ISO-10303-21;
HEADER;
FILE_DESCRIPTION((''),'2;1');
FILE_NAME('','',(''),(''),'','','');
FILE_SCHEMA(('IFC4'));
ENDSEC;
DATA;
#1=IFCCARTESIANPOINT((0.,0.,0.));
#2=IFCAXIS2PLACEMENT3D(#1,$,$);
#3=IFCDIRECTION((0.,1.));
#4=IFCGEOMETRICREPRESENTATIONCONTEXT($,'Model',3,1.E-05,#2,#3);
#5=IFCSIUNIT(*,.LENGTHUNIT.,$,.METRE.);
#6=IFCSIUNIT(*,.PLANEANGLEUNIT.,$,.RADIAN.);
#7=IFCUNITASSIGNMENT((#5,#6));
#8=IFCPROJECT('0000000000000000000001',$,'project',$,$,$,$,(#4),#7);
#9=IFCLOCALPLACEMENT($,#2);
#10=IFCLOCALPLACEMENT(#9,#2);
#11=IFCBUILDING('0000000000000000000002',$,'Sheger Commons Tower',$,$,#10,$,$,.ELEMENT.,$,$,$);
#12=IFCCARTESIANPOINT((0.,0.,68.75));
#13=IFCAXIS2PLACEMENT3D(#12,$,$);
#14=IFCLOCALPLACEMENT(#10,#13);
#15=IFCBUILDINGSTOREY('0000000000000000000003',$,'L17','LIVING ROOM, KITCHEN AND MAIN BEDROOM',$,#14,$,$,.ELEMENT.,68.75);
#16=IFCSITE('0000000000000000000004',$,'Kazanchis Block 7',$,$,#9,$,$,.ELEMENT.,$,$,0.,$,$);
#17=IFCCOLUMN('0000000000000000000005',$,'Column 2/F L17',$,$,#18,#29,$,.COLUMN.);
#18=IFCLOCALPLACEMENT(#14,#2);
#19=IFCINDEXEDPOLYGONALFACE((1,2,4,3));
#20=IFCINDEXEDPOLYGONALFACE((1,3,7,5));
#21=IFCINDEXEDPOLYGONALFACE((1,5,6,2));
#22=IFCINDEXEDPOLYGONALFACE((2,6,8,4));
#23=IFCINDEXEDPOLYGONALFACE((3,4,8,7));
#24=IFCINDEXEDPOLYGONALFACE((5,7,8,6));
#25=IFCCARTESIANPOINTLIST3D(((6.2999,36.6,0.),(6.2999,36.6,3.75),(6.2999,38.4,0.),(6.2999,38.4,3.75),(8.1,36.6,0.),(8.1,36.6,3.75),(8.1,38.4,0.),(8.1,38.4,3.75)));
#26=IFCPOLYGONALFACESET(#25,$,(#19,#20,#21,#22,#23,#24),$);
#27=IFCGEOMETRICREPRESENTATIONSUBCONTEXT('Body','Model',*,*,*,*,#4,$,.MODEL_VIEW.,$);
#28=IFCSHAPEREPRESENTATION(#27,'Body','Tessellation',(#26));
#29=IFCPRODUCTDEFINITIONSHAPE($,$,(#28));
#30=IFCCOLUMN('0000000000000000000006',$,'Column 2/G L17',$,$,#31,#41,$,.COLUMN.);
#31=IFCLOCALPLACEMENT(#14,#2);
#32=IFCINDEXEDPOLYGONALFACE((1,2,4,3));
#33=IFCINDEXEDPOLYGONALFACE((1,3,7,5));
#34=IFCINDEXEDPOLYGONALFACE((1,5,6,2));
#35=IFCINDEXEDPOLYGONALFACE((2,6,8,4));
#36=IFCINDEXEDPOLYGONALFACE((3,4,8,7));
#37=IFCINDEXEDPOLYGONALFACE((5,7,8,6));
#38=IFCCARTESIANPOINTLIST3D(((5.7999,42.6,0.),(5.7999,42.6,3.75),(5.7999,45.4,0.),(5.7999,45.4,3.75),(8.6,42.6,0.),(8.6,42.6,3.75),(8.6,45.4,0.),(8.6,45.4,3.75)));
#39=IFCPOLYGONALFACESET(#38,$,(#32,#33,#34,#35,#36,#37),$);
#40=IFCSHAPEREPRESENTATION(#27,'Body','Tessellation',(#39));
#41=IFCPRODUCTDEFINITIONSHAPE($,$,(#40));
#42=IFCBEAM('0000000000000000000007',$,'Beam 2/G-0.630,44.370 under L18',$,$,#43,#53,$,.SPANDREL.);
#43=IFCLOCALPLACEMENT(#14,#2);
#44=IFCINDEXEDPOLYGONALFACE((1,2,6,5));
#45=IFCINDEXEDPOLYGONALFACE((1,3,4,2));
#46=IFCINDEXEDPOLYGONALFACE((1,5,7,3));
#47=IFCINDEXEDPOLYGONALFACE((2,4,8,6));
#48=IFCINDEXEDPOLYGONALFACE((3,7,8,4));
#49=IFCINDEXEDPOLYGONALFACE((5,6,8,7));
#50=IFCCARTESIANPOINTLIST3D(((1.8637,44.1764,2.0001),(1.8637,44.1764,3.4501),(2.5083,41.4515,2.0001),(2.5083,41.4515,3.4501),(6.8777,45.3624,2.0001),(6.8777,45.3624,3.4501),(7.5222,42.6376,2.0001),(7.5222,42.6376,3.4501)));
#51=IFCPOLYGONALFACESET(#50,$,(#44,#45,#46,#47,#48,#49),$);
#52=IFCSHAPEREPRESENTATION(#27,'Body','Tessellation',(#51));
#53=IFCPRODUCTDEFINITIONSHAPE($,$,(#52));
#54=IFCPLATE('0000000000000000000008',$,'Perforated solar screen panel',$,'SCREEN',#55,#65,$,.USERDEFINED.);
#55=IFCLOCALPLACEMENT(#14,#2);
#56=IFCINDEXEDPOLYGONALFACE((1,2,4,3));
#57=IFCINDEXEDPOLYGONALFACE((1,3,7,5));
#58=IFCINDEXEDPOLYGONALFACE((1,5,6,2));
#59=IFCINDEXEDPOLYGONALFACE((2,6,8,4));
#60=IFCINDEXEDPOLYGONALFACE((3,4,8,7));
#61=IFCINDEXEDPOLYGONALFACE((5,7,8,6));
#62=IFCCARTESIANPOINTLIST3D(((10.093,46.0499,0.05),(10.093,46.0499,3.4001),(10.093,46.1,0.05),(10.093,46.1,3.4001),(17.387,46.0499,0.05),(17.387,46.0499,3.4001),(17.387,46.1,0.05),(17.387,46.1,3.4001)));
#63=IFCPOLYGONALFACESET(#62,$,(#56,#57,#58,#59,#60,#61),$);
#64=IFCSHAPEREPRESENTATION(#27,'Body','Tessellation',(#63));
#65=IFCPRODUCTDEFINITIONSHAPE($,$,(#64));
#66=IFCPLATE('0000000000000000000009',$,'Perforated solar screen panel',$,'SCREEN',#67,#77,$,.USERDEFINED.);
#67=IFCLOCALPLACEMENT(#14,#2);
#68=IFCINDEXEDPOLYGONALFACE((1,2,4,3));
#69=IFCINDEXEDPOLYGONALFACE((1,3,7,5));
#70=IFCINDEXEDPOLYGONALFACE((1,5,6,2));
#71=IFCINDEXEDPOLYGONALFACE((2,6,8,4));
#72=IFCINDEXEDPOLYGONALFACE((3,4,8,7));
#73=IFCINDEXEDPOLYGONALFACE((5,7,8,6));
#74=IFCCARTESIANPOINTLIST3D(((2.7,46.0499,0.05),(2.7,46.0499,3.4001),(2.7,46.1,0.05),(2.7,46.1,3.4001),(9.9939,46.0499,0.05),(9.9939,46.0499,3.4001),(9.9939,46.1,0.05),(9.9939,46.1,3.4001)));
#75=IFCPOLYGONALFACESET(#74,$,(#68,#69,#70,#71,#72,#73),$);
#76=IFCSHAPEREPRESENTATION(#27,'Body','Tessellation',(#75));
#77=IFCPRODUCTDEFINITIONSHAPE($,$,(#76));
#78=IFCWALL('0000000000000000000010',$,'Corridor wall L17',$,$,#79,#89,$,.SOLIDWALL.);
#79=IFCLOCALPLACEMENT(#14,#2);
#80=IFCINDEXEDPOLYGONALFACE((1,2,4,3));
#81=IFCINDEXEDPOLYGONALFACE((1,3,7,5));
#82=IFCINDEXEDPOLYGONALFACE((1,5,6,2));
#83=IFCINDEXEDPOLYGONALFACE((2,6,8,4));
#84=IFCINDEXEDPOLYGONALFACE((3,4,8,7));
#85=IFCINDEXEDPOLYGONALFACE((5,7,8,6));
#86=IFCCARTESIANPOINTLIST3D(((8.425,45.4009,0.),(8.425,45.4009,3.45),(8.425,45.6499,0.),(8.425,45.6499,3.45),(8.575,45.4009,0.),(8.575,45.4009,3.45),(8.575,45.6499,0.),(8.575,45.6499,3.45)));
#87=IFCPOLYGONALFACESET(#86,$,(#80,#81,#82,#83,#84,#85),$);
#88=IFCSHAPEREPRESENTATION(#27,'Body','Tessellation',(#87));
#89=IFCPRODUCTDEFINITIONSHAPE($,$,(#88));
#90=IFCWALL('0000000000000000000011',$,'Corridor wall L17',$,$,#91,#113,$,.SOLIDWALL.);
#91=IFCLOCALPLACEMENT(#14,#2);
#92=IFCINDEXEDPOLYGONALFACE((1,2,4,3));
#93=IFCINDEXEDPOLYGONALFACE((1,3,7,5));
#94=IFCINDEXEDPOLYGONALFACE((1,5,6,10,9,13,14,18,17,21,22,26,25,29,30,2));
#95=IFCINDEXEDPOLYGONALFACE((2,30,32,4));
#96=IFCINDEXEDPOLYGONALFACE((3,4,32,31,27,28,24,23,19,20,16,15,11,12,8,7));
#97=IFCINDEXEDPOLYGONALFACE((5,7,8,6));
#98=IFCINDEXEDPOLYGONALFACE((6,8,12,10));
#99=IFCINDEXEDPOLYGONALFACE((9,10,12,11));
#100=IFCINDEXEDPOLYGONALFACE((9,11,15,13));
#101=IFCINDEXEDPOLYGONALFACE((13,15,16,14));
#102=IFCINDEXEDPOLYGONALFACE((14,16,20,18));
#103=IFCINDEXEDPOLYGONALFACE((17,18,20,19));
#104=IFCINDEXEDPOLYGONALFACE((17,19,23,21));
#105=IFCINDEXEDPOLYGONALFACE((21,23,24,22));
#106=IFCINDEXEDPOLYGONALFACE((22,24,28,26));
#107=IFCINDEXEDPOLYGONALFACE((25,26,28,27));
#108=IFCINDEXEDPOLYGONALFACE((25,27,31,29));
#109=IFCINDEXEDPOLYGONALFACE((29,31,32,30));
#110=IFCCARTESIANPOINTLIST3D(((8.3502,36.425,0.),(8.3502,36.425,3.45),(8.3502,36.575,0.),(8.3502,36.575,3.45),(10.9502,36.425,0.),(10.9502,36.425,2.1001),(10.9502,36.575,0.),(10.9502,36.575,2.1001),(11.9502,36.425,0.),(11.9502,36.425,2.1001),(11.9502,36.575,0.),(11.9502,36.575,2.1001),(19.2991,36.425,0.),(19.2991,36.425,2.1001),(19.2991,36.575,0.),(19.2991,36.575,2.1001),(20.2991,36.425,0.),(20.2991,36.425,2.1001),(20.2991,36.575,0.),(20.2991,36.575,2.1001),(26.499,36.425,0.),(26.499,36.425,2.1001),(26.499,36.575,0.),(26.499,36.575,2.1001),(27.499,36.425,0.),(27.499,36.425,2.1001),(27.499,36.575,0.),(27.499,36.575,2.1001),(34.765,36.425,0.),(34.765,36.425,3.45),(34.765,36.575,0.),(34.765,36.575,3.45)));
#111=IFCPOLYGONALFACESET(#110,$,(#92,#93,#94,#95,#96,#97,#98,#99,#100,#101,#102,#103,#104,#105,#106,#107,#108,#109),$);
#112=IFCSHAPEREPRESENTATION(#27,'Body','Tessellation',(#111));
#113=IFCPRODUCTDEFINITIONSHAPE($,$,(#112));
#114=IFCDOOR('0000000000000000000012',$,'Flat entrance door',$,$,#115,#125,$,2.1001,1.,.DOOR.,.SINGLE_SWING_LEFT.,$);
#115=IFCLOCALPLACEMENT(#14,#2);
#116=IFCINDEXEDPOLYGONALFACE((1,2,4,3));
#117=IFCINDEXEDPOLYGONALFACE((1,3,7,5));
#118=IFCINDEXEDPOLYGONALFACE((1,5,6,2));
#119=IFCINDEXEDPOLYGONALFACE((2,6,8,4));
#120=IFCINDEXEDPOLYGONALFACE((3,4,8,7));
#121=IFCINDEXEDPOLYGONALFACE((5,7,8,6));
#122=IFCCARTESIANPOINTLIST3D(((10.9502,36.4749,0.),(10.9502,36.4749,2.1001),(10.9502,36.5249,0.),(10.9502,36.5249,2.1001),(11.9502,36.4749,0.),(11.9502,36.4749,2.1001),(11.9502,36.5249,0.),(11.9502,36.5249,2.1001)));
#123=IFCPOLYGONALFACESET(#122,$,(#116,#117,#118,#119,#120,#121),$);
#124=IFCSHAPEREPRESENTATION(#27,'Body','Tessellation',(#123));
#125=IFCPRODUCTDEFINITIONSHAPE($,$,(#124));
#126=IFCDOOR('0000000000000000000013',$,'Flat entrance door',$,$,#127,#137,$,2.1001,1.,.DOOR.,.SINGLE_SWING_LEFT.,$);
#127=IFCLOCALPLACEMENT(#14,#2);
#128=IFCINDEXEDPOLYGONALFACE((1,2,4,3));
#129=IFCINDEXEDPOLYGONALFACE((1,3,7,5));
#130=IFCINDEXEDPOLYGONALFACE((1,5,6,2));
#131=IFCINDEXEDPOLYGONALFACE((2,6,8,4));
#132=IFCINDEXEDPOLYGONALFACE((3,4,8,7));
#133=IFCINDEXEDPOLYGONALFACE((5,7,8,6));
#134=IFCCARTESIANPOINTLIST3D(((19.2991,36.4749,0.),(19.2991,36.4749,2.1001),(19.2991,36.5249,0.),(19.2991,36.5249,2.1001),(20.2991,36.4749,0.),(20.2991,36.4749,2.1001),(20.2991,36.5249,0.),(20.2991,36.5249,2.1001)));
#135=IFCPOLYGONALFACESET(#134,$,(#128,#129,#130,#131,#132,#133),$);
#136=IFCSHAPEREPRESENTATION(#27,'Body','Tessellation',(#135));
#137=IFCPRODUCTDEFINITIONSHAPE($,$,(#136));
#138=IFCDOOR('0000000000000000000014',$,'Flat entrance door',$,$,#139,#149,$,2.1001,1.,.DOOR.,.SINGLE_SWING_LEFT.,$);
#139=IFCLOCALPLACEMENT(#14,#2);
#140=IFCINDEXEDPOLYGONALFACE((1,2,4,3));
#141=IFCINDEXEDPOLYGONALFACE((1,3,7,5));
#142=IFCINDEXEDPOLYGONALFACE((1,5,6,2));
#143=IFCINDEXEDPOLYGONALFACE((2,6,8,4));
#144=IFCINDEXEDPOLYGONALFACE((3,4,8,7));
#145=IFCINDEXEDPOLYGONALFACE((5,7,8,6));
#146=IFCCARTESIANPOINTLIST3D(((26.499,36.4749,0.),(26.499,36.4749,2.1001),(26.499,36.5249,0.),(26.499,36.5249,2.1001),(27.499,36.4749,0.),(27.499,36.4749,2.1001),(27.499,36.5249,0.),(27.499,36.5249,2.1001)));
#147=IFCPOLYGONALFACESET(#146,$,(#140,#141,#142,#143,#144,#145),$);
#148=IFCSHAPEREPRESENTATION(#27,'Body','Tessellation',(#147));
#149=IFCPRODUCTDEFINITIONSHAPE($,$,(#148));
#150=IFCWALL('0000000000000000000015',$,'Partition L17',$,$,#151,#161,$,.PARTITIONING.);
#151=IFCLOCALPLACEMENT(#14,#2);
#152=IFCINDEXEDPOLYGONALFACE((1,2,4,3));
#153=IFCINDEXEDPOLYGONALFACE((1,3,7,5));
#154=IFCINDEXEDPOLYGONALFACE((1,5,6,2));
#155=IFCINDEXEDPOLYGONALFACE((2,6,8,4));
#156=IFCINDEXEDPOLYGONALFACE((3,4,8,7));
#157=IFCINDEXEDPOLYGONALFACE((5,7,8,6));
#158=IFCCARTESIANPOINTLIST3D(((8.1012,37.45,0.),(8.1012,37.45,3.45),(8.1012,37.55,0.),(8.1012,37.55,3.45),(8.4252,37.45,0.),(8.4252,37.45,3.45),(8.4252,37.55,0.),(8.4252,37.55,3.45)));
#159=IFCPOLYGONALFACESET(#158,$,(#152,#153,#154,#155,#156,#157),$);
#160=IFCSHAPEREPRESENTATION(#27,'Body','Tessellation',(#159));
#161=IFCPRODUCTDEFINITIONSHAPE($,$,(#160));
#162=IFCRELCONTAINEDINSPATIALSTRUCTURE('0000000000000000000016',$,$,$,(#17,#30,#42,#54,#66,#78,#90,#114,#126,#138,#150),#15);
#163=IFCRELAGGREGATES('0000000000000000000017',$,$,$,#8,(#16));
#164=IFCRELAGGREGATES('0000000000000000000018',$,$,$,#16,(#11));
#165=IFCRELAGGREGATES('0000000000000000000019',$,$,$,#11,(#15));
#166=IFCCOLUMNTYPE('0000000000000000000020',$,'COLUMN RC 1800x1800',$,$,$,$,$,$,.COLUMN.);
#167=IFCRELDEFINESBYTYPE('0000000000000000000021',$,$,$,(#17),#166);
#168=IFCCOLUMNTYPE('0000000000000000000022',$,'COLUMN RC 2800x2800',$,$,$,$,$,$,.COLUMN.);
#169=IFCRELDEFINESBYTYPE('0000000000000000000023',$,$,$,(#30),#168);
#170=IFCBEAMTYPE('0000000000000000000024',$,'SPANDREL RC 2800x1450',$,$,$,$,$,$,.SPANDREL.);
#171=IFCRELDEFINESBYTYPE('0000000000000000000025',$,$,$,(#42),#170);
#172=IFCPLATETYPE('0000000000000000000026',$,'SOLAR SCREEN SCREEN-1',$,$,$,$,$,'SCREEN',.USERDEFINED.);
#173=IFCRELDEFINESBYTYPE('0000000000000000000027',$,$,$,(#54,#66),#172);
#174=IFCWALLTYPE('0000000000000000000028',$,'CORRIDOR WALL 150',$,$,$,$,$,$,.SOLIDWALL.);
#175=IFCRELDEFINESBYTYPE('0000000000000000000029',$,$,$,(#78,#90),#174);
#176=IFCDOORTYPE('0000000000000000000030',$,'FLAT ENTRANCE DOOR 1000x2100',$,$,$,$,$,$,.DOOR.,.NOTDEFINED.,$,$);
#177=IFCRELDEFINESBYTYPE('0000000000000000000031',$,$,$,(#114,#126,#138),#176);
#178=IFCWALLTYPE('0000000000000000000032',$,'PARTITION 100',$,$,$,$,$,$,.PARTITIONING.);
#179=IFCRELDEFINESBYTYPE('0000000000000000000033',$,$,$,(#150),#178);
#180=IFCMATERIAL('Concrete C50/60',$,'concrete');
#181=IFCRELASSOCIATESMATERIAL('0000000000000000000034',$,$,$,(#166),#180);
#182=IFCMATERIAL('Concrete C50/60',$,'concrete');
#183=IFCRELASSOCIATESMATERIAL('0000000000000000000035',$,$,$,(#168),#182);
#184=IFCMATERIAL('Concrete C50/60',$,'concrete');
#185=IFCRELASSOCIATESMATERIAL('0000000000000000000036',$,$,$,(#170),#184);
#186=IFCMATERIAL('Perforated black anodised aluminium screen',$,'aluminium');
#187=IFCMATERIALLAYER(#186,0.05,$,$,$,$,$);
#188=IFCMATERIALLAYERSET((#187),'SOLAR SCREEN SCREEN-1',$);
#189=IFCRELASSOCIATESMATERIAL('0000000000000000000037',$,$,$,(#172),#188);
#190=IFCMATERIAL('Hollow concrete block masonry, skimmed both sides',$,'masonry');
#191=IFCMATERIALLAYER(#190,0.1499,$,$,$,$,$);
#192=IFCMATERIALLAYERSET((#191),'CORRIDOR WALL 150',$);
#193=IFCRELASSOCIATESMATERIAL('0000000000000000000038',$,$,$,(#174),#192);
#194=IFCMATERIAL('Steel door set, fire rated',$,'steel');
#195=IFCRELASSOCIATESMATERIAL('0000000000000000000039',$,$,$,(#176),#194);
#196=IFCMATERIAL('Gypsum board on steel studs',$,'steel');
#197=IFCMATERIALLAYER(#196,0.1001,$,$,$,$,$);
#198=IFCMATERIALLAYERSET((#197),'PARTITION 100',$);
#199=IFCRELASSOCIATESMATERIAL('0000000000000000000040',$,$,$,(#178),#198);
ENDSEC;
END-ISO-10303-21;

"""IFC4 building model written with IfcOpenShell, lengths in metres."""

from ifc_helpers import new_model, si_unit, direction, frame, frame_2d, origin, origin_2d, place, context, subcontext, project, spatial, rectangle, extrude, material, layer, layer_set, material_profile, profile_set, type_object, element, fill, save


model = new_model("IFC4")

# Units and contexts
model_context = context("Model", 3, precision=1e-05, world=origin(), true_north=direction((0.0, 1.0)))
body_context = subcontext(model_context, "Body", "Model", "MODEL_VIEW")
ifc_project = project(units=[si_unit("LENGTHUNIT", "METRE"), si_unit("PLANEANGLEUNIT", "RADIAN")], contexts=[model_context])

# Site, building, storey
site_placement = place(None, origin())
site = spatial("IfcSite", under=ifc_project, at=site_placement, Name="Kazanchis Block 7", CompositionType="ELEMENT", RefElevation=0.0)
building_placement = place(site_placement, origin())
building = spatial("IfcBuilding", under=site, at=building_placement, Name="Sheger Commons Tower", CompositionType="ELEMENT")
storey_placement = place(building_placement, frame((0.0, 0.0, 68.75)))
storey = spatial("IfcBuildingStorey", under=building, at=storey_placement, Name="L17", Description="LIVING ROOM, KITCHEN AND MAIN BEDROOM", CompositionType="ELEMENT", Elevation=68.75)

# Columns
ifc_material_1 = material(Name="Concrete C50/60", Category="concrete")
ifc_material_profile_1 = material_profile(ifc_material_1, rectangle(XDim=1.8, YDim=1.8, at=origin_2d()), Name="RC 1800x1800")
ifc_profile_set_1 = profile_set([ifc_material_profile_1], Name="Concrete C50/60")
column_type_1 = type_object("IfcColumnType", Name="COLUMN RC 1800x1800", PredefinedType="COLUMN", material=ifc_profile_set_1)
column_1_placement = place(storey_placement, frame((7.2, 37.5, 0.0), z_axis=(0.0, 0.0, 1.0), x_axis=(1.0, 0.0, 0.0)))
element("IfcColumn", 1, at=column_1_placement, inside=storey, type_object=column_type_1, Name="Column 2/F L17", PredefinedType="COLUMN", context=body_context, shape_type="SweptSolid", body=[
    extrude(rectangle(XDim=1.8, YDim=1.8, at=origin_2d()), origin(), (0.0, 0.0, 1.0), 3.75),
])
ifc_material_2 = material(Name="Concrete C50/60", Category="concrete")
ifc_material_profile_2 = material_profile(ifc_material_2, rectangle(XDim=2.8, YDim=2.8, at=origin_2d()), Name="RC 2800x2800")
ifc_profile_set_2 = profile_set([ifc_material_profile_2], Name="Concrete C50/60")
column_type_2 = type_object("IfcColumnType", Name="COLUMN RC 2800x2800", PredefinedType="COLUMN", material=ifc_profile_set_2)
column_2_placement = place(storey_placement, frame((7.2, 44.0, 0.0), z_axis=(0.0, 0.0, 1.0), x_axis=(1.0, 0.0, 0.0)))
element("IfcColumn", 2, at=column_2_placement, inside=storey, type_object=column_type_2, Name="Column 2/G L17", PredefinedType="COLUMN", context=body_context, shape_type="SweptSolid", body=[
    extrude(rectangle(XDim=2.8, YDim=2.8, at=origin_2d()), origin(), (0.0, 0.0, 1.0), 3.75),
])

# Beam
ifc_material_3 = material(Name="Concrete C50/60", Category="concrete")
ifc_material_profile_3 = material_profile(ifc_material_3, rectangle(XDim=2.8, YDim=1.45, at=origin_2d()), Name="RC 2800x1450")
ifc_profile_set_3 = profile_set([ifc_material_profile_3], Name="Concrete C50/60")
beam_type = type_object("IfcBeamType", Name="SPANDREL RC 2800x1450", PredefinedType="SPANDREL", material=ifc_profile_set_3)
beam_placement = place(storey_placement, frame((7.2, 44.0, 2.7251), z_axis=(-0.973144, -0.230196, 0.0), x_axis=(0.230196, -0.973144, 0.0)))
element("IfcBeam", 3, at=beam_placement, inside=storey, type_object=beam_type, Name="Beam 2/G-0.630,44.370 under L18", PredefinedType="SPANDREL", context=body_context, shape_type="SweptSolid", body=[
    extrude(rectangle(XDim=2.8, YDim=1.45, at=origin_2d()), origin(), (0.0, 0.0, 1.0), 5.1523),
])

# Plates
ifc_material_4 = material(Name="Perforated black anodised aluminium screen", Category="aluminium")
ifc_layer_1 = layer(ifc_material_4, 0.05)
ifc_layer_set_1 = layer_set([ifc_layer_1], Name="SOLAR SCREEN SCREEN-1")
plate_type = type_object("IfcPlateType", Name="SOLAR SCREEN SCREEN-1", ElementType="SCREEN", PredefinedType="USERDEFINED", material=ifc_layer_set_1)
for number, where, z_axis, x_axis, name in (
    (4, (13.74, 46.075, 0.05), (0.0, 0.0, 1.0), (-1.0, 0.0, 0.0), "Perforated solar screen panel"),
    (5, (6.3469, 46.075, 0.05), (0.0, 0.0, 1.0), (-1.0, 0.0, 0.0), "Perforated solar screen panel"),
):
    element("IfcPlate", number, at=place(storey_placement, frame(where, z_axis=z_axis, x_axis=x_axis)), inside=storey, type_object=plate_type, Name=name, ObjectType="SCREEN", PredefinedType="USERDEFINED", context=body_context, shape_type="SweptSolid", body=[
        extrude(rectangle(XDim=7.2939, YDim=0.05, at=origin_2d()), origin(), (0.0, 0.0, 1.0), 3.3501),
    ])

# Wall
ifc_material_5 = material(Name="Hollow concrete block masonry, skimmed both sides", Category="masonry")
ifc_layer_2 = layer(ifc_material_5, 0.1499)
ifc_layer_set_2 = layer_set([ifc_layer_2], Name="CORRIDOR WALL 150")
wall_type_1 = type_object("IfcWallType", Name="CORRIDOR WALL 150", PredefinedType="SOLIDWALL", material=ifc_layer_set_2)
wall_1_placement = place(storey_placement, frame((8.5, 45.4009, 0.0), z_axis=(0.0, 0.0, 1.0), x_axis=(0.0, 1.0, 0.0)))
element("IfcWall", 6, at=wall_1_placement, inside=storey, type_object=wall_type_1, Name="Corridor wall L17", PredefinedType="SOLIDWALL", context=body_context, shape_type="SweptSolid", body=[
    extrude(rectangle(XDim=0.249, YDim=0.1499, at=frame_2d((0.1245, 0.0))), origin(), (0.0, 0.0, 1.0), 3.45),
])

# Wall, openings, doors
wall_2_placement = place(storey_placement, frame((8.3501, 36.5, 0.0), z_axis=(0.0, 0.0, 1.0), x_axis=(1.0, 0.0, 0.0)))
wall_2 = element("IfcWall", 7, at=wall_2_placement, inside=storey, type_object=wall_type_1, Name="Corridor wall L17", PredefinedType="SOLIDWALL", context=body_context, shape_type="SweptSolid", body=[
    extrude(rectangle(XDim=26.4148, YDim=0.1499, at=frame_2d((13.2075, 0.0))), origin(), (0.0, 0.0, 1.0), 3.45),
])
opening_1_placement = place(wall_2_placement, frame((2.6001, 0.0, 0.0)))
opening_1 = element("IfcOpeningElement", 8, at=opening_1_placement, cuts=wall_2, PredefinedType="OPENING", context=body_context, shape_type="SweptSolid", body=[
    extrude(rectangle(XDim=1.0, YDim=2.1001, at=frame_2d((0.5, 1.05))), frame((0.0, 0.085, 0.0), z_axis=(0.0, -1.0, 0.0), x_axis=(1.0, 0.0, 0.0)), (0.0, 0.0, 1.0), 0.1699),
])
opening_2_placement = place(wall_2_placement, frame((10.949, 0.0, 0.0)))
opening_2 = element("IfcOpeningElement", 9, at=opening_2_placement, cuts=wall_2, PredefinedType="OPENING", context=body_context, shape_type="SweptSolid", body=[
    extrude(rectangle(XDim=1.0, YDim=2.1001, at=frame_2d((0.5, 1.05))), frame((0.0, 0.085, 0.0), z_axis=(0.0, -1.0, 0.0), x_axis=(1.0, 0.0, 0.0)), (0.0, 0.0, 1.0), 0.1699),
])
opening_3_placement = place(wall_2_placement, frame((18.1489, 0.0, 0.0)))
opening_3 = element("IfcOpeningElement", 10, at=opening_3_placement, cuts=wall_2, PredefinedType="OPENING", context=body_context, shape_type="SweptSolid", body=[
    extrude(rectangle(XDim=1.0, YDim=2.1001, at=frame_2d((0.5, 1.05))), frame((0.0, 0.085, 0.0), z_axis=(0.0, -1.0, 0.0), x_axis=(1.0, 0.0, 0.0)), (0.0, 0.0, 1.0), 0.1699),
])
ifc_material_6 = material(Name="Steel door set, fire rated", Category="steel")
door_type_1 = type_object("IfcDoorType", Name="FLAT ENTRANCE DOOR 1000x2100", OperationType="NOTDEFINED", PredefinedType="DOOR", material=ifc_material_6)
door_1_placement = place(opening_1_placement, origin())
door_1 = element("IfcDoor", 11, at=door_1_placement, inside=storey, type_object=door_type_1, Name="Flat entrance door", OperationType="SINGLE_SWING_LEFT", OverallHeight=2.1001, OverallWidth=1.0, PredefinedType="DOOR", context=body_context, shape_type="SweptSolid", body=[
    extrude(rectangle(XDim=1.0, YDim=2.1001, at=frame_2d((0.5, 1.05))), frame((0.0, 0.0249, 0.0), z_axis=(0.0, -1.0, 0.0), x_axis=(1.0, 0.0, 0.0)), (0.0, 0.0, 1.0), 0.05),
])
fill(opening_1, door_1)
door_2_placement = place(opening_2_placement, origin())
door_2 = element("IfcDoor", 12, at=door_2_placement, inside=storey, type_object=door_type_1, Name="Flat entrance door", OperationType="SINGLE_SWING_LEFT", OverallHeight=2.1001, OverallWidth=1.0, PredefinedType="DOOR", context=body_context, shape_type="SweptSolid", body=[
    extrude(rectangle(XDim=1.0, YDim=2.1001, at=frame_2d((0.5, 1.05))), frame((0.0, 0.0249, 0.0), z_axis=(0.0, -1.0, 0.0), x_axis=(1.0, 0.0, 0.0)), (0.0, 0.0, 1.0), 0.05),
])
fill(opening_2, door_2)
door_3_placement = place(opening_3_placement, origin())
door_3 = element("IfcDoor", 13, at=door_3_placement, inside=storey, type_object=door_type_1, Name="Flat entrance door", OperationType="SINGLE_SWING_LEFT", OverallHeight=2.1001, OverallWidth=1.0, PredefinedType="DOOR", context=body_context, shape_type="SweptSolid", body=[
    extrude(rectangle(XDim=1.0, YDim=2.1001, at=frame_2d((0.5, 1.05))), frame((0.0, 0.0249, 0.0), z_axis=(0.0, -1.0, 0.0), x_axis=(1.0, 0.0, 0.0)), (0.0, 0.0, 1.0), 0.05),
])
fill(opening_3, door_3)

# Wall
ifc_material_7 = material(Name="Gypsum board on steel studs", Category="steel")
ifc_layer_3 = layer(ifc_material_7, 0.1001)
ifc_layer_set_3 = layer_set([ifc_layer_3], Name="PARTITION 100")
wall_type_2 = type_object("IfcWallType", Name="PARTITION 100", PredefinedType="PARTITIONING", material=ifc_layer_set_3)
wall_3_placement = place(storey_placement, frame((8.1011, 37.5, 0.0), z_axis=(0.0, 0.0, 1.0), x_axis=(1.0, 0.0, 0.0)))
element("IfcWall", 14, at=wall_3_placement, inside=storey, type_object=wall_type_2, Name="Partition L17", PredefinedType="PARTITIONING", context=body_context, shape_type="SweptSolid", body=[
    extrude(rectangle(XDim=0.324, YDim=0.1001, at=frame_2d((0.1621, 0.0))), origin(), (0.0, 0.0, 1.0), 3.45),
])

save(model, "model.ifc")
